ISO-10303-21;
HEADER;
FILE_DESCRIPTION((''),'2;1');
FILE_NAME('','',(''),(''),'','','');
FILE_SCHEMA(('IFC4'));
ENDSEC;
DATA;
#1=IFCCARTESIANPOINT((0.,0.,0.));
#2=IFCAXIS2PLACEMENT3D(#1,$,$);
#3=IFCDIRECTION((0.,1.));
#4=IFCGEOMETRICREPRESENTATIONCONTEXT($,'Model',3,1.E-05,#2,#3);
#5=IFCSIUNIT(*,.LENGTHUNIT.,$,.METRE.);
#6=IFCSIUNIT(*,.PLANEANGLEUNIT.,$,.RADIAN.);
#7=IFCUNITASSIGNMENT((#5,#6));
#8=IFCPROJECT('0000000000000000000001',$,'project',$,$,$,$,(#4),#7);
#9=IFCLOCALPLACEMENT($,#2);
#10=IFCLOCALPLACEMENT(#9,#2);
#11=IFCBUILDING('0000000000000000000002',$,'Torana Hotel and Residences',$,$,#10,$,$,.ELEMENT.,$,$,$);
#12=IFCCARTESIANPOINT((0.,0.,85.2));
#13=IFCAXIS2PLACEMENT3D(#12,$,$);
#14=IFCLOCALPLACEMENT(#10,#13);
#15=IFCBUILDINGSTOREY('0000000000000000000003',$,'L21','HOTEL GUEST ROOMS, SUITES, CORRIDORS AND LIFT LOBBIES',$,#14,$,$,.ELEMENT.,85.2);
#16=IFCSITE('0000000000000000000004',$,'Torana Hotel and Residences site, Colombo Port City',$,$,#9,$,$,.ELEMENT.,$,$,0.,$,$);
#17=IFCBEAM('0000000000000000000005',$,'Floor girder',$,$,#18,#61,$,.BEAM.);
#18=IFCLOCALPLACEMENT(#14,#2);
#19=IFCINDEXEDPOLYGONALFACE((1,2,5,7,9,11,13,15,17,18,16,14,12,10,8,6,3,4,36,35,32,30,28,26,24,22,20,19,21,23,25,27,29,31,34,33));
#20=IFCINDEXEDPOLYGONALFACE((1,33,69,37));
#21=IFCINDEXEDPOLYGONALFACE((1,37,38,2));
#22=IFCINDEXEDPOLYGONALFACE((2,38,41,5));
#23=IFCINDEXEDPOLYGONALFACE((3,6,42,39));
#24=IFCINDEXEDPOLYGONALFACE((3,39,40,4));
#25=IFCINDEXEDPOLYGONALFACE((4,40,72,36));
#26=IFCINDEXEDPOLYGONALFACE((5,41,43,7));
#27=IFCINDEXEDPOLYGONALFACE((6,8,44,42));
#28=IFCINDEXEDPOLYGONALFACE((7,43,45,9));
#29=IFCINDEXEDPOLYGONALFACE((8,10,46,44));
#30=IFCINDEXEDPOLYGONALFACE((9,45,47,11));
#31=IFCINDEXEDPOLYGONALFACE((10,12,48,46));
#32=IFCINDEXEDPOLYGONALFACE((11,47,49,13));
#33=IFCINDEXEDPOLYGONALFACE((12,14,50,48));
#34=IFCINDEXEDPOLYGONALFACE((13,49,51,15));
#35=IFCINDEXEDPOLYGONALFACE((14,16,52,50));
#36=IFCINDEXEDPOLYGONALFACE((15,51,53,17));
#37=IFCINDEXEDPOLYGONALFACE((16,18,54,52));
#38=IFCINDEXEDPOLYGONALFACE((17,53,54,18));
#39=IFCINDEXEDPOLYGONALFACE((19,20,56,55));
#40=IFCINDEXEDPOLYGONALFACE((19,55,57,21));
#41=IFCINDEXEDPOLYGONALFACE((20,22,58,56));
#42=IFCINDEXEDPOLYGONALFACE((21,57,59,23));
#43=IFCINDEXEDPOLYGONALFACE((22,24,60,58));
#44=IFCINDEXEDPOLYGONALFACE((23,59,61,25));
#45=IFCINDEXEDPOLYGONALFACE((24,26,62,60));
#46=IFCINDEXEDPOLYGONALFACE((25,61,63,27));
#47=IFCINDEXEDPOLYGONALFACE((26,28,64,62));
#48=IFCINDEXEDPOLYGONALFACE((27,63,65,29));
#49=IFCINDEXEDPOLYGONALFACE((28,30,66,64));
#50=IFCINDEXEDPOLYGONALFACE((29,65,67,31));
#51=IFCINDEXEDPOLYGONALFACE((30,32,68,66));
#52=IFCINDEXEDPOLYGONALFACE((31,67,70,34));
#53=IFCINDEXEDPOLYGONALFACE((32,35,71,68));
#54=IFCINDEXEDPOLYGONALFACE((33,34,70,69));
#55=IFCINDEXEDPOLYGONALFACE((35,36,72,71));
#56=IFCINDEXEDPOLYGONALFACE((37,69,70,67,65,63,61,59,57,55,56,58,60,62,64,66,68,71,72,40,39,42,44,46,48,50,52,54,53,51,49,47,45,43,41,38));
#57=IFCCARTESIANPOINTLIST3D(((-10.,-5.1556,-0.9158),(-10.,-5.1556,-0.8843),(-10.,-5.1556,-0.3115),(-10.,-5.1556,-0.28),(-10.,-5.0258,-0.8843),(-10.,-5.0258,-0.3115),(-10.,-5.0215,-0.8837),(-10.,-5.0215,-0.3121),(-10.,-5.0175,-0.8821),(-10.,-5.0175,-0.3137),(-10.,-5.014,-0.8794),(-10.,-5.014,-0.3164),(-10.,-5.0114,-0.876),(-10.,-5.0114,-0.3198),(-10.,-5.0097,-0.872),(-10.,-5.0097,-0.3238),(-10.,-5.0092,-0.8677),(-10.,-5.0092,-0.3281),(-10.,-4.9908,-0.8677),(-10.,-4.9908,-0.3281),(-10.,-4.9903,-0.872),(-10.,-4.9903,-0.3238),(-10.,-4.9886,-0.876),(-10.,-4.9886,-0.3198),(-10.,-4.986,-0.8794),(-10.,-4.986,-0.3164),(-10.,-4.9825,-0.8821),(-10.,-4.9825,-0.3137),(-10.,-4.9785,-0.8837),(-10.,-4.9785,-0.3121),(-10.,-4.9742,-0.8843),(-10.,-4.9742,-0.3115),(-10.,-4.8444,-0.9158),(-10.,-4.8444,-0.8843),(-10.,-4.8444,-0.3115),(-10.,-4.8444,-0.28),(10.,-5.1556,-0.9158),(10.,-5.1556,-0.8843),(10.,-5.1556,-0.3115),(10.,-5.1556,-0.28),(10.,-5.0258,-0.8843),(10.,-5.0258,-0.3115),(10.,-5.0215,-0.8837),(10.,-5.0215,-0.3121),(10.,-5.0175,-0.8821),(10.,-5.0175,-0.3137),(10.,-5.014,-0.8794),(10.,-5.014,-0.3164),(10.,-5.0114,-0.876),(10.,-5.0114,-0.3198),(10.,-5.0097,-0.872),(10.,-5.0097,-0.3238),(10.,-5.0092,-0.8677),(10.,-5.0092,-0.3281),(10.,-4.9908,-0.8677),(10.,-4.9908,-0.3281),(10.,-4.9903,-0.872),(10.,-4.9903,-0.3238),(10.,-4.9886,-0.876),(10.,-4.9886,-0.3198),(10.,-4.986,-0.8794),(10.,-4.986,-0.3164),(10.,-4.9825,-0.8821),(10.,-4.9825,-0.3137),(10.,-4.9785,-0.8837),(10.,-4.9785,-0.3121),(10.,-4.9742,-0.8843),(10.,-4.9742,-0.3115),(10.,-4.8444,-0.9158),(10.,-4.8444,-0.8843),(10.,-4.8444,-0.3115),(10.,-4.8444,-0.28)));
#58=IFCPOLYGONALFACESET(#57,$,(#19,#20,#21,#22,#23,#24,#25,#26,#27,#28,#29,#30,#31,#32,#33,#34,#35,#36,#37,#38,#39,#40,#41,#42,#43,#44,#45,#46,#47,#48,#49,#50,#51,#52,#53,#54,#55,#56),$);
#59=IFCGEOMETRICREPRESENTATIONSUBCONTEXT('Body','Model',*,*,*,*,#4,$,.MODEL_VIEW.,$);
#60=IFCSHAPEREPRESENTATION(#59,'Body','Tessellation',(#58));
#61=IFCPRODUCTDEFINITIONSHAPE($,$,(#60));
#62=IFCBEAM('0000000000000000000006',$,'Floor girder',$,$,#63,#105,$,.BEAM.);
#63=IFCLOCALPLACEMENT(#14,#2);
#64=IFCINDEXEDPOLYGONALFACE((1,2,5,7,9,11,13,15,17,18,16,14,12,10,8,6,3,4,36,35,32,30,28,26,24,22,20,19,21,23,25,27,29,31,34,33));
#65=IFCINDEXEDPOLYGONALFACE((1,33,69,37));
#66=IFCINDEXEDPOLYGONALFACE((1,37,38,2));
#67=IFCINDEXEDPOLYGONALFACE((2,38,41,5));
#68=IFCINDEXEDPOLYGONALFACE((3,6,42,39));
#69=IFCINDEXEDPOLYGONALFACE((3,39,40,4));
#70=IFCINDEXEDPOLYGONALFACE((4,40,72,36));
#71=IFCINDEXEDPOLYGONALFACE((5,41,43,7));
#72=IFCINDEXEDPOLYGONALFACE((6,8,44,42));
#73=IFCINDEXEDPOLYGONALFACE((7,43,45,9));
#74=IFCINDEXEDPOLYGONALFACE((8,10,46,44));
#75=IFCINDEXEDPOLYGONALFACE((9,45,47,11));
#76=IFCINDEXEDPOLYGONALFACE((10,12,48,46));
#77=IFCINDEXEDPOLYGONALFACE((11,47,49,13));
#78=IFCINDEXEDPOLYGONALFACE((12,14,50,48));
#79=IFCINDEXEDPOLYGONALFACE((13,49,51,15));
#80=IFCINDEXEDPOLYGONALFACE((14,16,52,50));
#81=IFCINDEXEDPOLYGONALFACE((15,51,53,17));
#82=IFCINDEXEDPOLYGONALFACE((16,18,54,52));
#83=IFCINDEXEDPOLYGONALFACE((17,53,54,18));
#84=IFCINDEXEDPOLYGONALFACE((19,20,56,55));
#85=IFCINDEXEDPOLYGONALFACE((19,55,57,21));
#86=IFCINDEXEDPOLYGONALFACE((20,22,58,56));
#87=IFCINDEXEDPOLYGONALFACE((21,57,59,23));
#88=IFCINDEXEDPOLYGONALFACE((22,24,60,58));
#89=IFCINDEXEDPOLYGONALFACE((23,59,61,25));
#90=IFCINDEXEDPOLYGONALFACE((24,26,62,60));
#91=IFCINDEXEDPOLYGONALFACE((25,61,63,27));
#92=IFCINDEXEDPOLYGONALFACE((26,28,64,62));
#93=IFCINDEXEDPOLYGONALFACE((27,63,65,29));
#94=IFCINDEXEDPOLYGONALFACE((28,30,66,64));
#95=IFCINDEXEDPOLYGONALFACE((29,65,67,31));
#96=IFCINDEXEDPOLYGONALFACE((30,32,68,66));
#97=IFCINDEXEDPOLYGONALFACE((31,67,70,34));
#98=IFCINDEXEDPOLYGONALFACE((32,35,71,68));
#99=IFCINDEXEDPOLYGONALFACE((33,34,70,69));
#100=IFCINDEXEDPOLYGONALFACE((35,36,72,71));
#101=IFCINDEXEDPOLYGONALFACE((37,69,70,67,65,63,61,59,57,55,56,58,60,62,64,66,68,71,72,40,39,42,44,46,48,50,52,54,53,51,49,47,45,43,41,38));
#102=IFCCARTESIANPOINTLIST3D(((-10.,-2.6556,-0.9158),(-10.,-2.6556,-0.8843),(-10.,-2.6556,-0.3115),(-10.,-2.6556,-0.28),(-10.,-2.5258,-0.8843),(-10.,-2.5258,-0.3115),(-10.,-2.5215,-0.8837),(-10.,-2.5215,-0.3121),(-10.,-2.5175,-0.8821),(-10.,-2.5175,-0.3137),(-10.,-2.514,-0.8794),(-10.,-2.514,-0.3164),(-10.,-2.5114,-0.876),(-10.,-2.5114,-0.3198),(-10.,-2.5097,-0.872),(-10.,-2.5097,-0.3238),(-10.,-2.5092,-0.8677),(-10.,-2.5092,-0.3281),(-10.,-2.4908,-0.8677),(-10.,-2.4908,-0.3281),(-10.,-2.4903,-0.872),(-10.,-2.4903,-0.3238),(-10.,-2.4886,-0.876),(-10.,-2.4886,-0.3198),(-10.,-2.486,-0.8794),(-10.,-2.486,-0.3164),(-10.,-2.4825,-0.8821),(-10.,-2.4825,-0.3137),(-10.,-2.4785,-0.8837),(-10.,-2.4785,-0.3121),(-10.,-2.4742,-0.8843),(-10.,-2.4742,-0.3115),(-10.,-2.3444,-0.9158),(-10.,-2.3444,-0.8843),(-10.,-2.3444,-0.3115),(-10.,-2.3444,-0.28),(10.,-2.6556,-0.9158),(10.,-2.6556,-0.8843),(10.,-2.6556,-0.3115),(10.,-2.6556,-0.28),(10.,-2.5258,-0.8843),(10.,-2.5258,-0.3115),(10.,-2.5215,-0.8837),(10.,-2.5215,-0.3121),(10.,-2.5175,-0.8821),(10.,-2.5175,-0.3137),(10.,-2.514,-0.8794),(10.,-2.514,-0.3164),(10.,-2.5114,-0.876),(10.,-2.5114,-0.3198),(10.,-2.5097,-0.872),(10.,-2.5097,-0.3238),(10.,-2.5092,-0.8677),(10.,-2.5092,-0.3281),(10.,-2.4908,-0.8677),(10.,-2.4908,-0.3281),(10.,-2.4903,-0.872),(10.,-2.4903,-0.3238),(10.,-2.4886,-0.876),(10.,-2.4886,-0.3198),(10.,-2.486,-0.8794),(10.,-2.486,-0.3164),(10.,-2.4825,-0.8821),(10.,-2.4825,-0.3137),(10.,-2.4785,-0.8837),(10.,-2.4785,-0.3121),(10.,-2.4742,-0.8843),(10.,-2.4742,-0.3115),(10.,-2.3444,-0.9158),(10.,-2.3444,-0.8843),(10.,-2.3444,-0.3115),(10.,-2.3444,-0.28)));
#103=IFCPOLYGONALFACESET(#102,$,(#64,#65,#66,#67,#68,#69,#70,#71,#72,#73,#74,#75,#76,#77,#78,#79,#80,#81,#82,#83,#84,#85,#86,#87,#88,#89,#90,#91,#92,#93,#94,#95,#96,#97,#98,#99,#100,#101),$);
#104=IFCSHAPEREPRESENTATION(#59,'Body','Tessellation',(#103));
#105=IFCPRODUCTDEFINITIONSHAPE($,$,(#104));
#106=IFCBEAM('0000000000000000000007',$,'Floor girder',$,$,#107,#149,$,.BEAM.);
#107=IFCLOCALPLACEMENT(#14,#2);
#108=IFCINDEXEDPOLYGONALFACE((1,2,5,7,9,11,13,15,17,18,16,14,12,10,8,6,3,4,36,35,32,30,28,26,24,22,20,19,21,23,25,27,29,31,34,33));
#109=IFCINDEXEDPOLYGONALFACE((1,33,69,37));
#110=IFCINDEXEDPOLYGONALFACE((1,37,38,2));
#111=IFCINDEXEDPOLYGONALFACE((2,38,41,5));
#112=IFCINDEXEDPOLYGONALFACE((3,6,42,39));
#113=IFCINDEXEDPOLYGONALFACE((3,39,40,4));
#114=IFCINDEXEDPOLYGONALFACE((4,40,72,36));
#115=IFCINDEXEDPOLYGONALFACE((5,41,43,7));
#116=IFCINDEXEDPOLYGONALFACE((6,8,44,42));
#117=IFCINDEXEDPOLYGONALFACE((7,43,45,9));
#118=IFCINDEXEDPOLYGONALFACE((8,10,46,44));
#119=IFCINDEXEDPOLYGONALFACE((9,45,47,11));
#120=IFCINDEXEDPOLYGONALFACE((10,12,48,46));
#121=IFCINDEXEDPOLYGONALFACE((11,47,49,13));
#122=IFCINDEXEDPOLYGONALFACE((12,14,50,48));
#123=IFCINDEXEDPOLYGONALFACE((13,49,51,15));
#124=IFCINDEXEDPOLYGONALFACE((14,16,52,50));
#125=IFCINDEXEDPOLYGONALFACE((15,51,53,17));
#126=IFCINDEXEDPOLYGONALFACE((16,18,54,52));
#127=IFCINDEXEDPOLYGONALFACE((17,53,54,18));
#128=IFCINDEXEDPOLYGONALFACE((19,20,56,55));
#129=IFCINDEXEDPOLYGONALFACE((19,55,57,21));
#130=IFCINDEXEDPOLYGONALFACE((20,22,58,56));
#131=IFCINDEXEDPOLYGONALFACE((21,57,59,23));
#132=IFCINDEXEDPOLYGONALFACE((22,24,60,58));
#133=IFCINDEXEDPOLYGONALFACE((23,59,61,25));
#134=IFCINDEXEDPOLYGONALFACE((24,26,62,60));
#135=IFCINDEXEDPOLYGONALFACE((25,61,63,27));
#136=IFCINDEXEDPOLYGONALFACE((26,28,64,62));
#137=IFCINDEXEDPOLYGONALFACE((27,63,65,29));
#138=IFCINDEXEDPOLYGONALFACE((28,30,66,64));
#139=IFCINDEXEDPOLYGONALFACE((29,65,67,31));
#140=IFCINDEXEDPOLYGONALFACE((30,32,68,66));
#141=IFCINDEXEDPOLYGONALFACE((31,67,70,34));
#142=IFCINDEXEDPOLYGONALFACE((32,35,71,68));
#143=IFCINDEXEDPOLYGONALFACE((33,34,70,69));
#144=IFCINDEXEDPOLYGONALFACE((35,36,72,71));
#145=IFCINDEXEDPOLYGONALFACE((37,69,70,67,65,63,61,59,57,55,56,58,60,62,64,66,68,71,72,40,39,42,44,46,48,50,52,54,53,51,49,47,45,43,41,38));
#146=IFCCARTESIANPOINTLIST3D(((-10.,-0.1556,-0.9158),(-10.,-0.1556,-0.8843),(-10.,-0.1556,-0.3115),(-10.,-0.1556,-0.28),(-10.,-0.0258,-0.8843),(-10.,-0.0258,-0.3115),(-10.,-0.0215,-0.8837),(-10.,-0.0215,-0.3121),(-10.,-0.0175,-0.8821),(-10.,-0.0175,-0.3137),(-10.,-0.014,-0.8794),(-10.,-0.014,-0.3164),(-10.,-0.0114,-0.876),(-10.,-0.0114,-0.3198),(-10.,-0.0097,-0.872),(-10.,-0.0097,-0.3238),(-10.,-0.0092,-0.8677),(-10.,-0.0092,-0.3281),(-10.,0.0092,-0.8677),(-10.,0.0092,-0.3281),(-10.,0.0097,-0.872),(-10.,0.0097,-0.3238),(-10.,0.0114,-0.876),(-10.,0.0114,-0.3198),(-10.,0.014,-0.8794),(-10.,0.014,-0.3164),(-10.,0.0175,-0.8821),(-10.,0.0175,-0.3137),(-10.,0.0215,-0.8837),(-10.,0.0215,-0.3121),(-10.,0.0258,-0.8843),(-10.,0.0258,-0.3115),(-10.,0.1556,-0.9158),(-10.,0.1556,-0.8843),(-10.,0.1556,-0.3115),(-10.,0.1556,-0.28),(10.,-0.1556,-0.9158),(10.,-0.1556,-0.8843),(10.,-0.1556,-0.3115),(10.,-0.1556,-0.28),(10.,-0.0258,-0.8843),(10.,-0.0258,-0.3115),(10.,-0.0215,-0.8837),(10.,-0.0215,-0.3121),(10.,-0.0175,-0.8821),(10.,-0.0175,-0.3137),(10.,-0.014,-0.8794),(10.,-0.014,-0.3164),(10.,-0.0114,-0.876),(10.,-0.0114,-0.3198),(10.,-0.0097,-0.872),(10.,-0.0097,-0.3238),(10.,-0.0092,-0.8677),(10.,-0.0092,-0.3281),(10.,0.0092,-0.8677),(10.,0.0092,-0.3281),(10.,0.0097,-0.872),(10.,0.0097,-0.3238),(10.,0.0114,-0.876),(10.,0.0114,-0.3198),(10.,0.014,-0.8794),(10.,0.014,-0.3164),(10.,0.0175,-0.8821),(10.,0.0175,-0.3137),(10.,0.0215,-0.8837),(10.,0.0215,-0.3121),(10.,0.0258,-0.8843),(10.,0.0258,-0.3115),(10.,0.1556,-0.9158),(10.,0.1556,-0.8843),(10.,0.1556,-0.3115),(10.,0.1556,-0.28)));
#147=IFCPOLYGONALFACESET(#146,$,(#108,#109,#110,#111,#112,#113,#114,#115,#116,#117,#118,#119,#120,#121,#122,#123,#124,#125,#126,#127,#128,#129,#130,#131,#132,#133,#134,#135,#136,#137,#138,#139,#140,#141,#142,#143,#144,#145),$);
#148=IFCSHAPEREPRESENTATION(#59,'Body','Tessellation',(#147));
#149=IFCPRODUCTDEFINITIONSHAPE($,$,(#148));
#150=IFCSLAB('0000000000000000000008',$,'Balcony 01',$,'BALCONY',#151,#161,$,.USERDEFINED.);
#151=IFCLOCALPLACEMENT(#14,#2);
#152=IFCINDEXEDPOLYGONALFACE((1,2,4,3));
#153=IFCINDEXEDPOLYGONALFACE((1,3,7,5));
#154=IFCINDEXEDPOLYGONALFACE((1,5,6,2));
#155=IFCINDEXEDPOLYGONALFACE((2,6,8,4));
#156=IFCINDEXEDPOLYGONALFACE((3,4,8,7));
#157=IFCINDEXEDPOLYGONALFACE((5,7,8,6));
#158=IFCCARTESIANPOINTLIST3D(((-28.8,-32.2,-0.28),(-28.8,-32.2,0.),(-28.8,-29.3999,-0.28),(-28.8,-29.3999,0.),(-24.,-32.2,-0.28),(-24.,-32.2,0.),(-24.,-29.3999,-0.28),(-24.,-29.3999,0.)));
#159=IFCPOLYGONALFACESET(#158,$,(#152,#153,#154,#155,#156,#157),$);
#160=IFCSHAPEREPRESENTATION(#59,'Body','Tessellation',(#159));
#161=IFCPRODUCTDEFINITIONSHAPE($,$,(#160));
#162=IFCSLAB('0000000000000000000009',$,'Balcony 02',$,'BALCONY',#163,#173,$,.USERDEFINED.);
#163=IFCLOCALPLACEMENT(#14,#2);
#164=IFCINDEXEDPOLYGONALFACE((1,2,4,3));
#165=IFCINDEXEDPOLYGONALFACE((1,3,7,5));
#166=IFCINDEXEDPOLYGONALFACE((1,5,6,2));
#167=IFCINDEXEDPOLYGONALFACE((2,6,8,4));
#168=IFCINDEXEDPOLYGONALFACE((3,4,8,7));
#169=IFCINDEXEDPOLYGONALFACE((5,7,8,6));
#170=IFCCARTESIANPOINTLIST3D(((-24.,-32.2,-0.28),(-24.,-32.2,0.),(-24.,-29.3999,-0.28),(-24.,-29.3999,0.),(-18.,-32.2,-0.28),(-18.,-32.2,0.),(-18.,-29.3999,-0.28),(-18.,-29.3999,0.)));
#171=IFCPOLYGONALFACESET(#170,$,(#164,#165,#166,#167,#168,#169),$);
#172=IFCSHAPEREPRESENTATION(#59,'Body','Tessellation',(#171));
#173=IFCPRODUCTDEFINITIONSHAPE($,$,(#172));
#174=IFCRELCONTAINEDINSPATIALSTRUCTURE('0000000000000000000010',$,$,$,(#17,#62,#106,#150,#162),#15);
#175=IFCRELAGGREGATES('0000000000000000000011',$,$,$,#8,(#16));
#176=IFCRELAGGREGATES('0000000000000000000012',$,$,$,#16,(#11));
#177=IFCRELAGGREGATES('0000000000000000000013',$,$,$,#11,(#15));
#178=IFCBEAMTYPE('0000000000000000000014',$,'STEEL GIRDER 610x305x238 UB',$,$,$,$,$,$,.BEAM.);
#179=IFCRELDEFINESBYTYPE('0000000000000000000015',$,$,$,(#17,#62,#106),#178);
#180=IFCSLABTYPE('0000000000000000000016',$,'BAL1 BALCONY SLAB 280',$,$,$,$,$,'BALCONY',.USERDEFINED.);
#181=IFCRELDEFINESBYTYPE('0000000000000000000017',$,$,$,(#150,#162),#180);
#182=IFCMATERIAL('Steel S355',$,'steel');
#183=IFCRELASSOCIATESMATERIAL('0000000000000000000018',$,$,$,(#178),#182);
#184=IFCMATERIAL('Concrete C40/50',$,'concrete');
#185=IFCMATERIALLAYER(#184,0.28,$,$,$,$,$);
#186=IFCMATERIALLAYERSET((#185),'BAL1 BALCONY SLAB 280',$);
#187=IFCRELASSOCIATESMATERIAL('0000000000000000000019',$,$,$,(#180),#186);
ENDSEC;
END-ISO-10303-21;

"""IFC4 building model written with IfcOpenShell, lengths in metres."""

from ifc_helpers import new_model, si_unit, direction, frame, origin, origin_2d, place, context, subcontext, project, spatial, polyline, i_section, outline, extrude, material, layer, layer_set, material_profile, profile_set, type_object, element, save


model = new_model("IFC4")

# Units and contexts
model_context = context("Model", 3, precision=1e-05, world=origin(), true_north=direction((0.0, 1.0)))
body_context = subcontext(model_context, "Body", "Model", "MODEL_VIEW")
ifc_project = project(units=[si_unit("LENGTHUNIT", "METRE"), si_unit("PLANEANGLEUNIT", "RADIAN")], contexts=[model_context])

# Site, building, storey
site_placement = place(None, origin())
site = spatial("IfcSite", under=ifc_project, at=site_placement, Name="Torana Hotel and Residences site, Colombo Port City", CompositionType="ELEMENT", RefElevation=0.0)
building_placement = place(site_placement, origin())
building = spatial("IfcBuilding", under=site, at=building_placement, Name="Torana Hotel and Residences", CompositionType="ELEMENT")
storey_placement = place(building_placement, frame((0.0, 0.0, 85.2)))
storey = spatial("IfcBuildingStorey", under=building, at=storey_placement, Name="L21", Description="HOTEL GUEST ROOMS, SUITES, CORRIDORS AND LIFT LOBBIES", CompositionType="ELEMENT", Elevation=85.2)

# Beams
ifc_material_1 = material(Name="Steel S355", Category="steel")
ifc_material_profile = material_profile(ifc_material_1, i_section(OverallWidth=0.3113, OverallDepth=0.6357, WebThickness=0.0183, FlangeThickness=0.0315, FilletRadius=0.0166, at=origin_2d()), Name="610x305x238 UB")
ifc_profile_set = profile_set([ifc_material_profile], Name="Steel S355")
beam_type = type_object("IfcBeamType", Name="STEEL GIRDER 610x305x238 UB", PredefinedType="BEAM", material=ifc_profile_set)
for number, where, z_axis, x_axis, name in (
    (1, (-10.0, -5.0, -0.5979), (1.0, 0.0, 0.0), (0.0, 1.0, 0.0), "Floor girder"),
    (2, (-10.0, -2.5, -0.5979), (1.0, 0.0, 0.0), (0.0, 1.0, 0.0), "Floor girder"),
    (3, (-10.0, 0.0, -0.5979), (1.0, 0.0, 0.0), (0.0, 1.0, 0.0), "Floor girder"),
):
    element("IfcBeam", number, at=place(storey_placement, frame(where, z_axis=z_axis, x_axis=x_axis)), inside=storey, type_object=beam_type, Name=name, PredefinedType="BEAM", context=body_context, shape_type="SweptSolid", body=[
        extrude(i_section(OverallWidth=0.3113, OverallDepth=0.6357, WebThickness=0.0183, FlangeThickness=0.0315, FilletRadius=0.0166, at=origin_2d()), origin(), (0.0, 0.0, 1.0), 20.0),
    ])

# Slabs
ifc_material_2 = material(Name="Concrete C40/50", Category="concrete")
ifc_layer_1 = layer(ifc_material_2, 0.28)
ifc_layer_set_1 = layer_set([ifc_layer_1], Name="BAL1 BALCONY SLAB 280")
slab_type_1 = type_object("IfcSlabType", Name="BAL1 BALCONY SLAB 280", ElementType="BALCONY", PredefinedType="USERDEFINED", material=ifc_layer_set_1)
slab_1_placement = place(storey_placement, frame((0.0, 0.0, -0.28)))
element("IfcSlab", 4, at=slab_1_placement, inside=storey, type_object=slab_type_1, Name="Balcony 01", ObjectType="BALCONY", PredefinedType="USERDEFINED", context=body_context, shape_type="SweptSolid", body=[
    extrude(outline(polyline([(-28.8, -32.2), (-24.0, -32.2), (-24.0, -29.3999), (-28.8, -29.3999), (-28.8, -32.2)])), origin(), (0.0, 0.0, 1.0), 0.28),
])
slab_2_placement = place(storey_placement, frame((0.0, 0.0, -0.28)))
element("IfcSlab", 5, at=slab_2_placement, inside=storey, type_object=slab_type_1, Name="Balcony 02", ObjectType="BALCONY", PredefinedType="USERDEFINED", context=body_context, shape_type="SweptSolid", body=[
    extrude(outline(polyline([(-24.0, -32.2), (-18.0, -32.2), (-18.0, -29.3999), (-24.0, -29.3999), (-24.0, -32.2)])), origin(), (0.0, 0.0, 1.0), 0.28),
])

save(model, "model.ifc")
